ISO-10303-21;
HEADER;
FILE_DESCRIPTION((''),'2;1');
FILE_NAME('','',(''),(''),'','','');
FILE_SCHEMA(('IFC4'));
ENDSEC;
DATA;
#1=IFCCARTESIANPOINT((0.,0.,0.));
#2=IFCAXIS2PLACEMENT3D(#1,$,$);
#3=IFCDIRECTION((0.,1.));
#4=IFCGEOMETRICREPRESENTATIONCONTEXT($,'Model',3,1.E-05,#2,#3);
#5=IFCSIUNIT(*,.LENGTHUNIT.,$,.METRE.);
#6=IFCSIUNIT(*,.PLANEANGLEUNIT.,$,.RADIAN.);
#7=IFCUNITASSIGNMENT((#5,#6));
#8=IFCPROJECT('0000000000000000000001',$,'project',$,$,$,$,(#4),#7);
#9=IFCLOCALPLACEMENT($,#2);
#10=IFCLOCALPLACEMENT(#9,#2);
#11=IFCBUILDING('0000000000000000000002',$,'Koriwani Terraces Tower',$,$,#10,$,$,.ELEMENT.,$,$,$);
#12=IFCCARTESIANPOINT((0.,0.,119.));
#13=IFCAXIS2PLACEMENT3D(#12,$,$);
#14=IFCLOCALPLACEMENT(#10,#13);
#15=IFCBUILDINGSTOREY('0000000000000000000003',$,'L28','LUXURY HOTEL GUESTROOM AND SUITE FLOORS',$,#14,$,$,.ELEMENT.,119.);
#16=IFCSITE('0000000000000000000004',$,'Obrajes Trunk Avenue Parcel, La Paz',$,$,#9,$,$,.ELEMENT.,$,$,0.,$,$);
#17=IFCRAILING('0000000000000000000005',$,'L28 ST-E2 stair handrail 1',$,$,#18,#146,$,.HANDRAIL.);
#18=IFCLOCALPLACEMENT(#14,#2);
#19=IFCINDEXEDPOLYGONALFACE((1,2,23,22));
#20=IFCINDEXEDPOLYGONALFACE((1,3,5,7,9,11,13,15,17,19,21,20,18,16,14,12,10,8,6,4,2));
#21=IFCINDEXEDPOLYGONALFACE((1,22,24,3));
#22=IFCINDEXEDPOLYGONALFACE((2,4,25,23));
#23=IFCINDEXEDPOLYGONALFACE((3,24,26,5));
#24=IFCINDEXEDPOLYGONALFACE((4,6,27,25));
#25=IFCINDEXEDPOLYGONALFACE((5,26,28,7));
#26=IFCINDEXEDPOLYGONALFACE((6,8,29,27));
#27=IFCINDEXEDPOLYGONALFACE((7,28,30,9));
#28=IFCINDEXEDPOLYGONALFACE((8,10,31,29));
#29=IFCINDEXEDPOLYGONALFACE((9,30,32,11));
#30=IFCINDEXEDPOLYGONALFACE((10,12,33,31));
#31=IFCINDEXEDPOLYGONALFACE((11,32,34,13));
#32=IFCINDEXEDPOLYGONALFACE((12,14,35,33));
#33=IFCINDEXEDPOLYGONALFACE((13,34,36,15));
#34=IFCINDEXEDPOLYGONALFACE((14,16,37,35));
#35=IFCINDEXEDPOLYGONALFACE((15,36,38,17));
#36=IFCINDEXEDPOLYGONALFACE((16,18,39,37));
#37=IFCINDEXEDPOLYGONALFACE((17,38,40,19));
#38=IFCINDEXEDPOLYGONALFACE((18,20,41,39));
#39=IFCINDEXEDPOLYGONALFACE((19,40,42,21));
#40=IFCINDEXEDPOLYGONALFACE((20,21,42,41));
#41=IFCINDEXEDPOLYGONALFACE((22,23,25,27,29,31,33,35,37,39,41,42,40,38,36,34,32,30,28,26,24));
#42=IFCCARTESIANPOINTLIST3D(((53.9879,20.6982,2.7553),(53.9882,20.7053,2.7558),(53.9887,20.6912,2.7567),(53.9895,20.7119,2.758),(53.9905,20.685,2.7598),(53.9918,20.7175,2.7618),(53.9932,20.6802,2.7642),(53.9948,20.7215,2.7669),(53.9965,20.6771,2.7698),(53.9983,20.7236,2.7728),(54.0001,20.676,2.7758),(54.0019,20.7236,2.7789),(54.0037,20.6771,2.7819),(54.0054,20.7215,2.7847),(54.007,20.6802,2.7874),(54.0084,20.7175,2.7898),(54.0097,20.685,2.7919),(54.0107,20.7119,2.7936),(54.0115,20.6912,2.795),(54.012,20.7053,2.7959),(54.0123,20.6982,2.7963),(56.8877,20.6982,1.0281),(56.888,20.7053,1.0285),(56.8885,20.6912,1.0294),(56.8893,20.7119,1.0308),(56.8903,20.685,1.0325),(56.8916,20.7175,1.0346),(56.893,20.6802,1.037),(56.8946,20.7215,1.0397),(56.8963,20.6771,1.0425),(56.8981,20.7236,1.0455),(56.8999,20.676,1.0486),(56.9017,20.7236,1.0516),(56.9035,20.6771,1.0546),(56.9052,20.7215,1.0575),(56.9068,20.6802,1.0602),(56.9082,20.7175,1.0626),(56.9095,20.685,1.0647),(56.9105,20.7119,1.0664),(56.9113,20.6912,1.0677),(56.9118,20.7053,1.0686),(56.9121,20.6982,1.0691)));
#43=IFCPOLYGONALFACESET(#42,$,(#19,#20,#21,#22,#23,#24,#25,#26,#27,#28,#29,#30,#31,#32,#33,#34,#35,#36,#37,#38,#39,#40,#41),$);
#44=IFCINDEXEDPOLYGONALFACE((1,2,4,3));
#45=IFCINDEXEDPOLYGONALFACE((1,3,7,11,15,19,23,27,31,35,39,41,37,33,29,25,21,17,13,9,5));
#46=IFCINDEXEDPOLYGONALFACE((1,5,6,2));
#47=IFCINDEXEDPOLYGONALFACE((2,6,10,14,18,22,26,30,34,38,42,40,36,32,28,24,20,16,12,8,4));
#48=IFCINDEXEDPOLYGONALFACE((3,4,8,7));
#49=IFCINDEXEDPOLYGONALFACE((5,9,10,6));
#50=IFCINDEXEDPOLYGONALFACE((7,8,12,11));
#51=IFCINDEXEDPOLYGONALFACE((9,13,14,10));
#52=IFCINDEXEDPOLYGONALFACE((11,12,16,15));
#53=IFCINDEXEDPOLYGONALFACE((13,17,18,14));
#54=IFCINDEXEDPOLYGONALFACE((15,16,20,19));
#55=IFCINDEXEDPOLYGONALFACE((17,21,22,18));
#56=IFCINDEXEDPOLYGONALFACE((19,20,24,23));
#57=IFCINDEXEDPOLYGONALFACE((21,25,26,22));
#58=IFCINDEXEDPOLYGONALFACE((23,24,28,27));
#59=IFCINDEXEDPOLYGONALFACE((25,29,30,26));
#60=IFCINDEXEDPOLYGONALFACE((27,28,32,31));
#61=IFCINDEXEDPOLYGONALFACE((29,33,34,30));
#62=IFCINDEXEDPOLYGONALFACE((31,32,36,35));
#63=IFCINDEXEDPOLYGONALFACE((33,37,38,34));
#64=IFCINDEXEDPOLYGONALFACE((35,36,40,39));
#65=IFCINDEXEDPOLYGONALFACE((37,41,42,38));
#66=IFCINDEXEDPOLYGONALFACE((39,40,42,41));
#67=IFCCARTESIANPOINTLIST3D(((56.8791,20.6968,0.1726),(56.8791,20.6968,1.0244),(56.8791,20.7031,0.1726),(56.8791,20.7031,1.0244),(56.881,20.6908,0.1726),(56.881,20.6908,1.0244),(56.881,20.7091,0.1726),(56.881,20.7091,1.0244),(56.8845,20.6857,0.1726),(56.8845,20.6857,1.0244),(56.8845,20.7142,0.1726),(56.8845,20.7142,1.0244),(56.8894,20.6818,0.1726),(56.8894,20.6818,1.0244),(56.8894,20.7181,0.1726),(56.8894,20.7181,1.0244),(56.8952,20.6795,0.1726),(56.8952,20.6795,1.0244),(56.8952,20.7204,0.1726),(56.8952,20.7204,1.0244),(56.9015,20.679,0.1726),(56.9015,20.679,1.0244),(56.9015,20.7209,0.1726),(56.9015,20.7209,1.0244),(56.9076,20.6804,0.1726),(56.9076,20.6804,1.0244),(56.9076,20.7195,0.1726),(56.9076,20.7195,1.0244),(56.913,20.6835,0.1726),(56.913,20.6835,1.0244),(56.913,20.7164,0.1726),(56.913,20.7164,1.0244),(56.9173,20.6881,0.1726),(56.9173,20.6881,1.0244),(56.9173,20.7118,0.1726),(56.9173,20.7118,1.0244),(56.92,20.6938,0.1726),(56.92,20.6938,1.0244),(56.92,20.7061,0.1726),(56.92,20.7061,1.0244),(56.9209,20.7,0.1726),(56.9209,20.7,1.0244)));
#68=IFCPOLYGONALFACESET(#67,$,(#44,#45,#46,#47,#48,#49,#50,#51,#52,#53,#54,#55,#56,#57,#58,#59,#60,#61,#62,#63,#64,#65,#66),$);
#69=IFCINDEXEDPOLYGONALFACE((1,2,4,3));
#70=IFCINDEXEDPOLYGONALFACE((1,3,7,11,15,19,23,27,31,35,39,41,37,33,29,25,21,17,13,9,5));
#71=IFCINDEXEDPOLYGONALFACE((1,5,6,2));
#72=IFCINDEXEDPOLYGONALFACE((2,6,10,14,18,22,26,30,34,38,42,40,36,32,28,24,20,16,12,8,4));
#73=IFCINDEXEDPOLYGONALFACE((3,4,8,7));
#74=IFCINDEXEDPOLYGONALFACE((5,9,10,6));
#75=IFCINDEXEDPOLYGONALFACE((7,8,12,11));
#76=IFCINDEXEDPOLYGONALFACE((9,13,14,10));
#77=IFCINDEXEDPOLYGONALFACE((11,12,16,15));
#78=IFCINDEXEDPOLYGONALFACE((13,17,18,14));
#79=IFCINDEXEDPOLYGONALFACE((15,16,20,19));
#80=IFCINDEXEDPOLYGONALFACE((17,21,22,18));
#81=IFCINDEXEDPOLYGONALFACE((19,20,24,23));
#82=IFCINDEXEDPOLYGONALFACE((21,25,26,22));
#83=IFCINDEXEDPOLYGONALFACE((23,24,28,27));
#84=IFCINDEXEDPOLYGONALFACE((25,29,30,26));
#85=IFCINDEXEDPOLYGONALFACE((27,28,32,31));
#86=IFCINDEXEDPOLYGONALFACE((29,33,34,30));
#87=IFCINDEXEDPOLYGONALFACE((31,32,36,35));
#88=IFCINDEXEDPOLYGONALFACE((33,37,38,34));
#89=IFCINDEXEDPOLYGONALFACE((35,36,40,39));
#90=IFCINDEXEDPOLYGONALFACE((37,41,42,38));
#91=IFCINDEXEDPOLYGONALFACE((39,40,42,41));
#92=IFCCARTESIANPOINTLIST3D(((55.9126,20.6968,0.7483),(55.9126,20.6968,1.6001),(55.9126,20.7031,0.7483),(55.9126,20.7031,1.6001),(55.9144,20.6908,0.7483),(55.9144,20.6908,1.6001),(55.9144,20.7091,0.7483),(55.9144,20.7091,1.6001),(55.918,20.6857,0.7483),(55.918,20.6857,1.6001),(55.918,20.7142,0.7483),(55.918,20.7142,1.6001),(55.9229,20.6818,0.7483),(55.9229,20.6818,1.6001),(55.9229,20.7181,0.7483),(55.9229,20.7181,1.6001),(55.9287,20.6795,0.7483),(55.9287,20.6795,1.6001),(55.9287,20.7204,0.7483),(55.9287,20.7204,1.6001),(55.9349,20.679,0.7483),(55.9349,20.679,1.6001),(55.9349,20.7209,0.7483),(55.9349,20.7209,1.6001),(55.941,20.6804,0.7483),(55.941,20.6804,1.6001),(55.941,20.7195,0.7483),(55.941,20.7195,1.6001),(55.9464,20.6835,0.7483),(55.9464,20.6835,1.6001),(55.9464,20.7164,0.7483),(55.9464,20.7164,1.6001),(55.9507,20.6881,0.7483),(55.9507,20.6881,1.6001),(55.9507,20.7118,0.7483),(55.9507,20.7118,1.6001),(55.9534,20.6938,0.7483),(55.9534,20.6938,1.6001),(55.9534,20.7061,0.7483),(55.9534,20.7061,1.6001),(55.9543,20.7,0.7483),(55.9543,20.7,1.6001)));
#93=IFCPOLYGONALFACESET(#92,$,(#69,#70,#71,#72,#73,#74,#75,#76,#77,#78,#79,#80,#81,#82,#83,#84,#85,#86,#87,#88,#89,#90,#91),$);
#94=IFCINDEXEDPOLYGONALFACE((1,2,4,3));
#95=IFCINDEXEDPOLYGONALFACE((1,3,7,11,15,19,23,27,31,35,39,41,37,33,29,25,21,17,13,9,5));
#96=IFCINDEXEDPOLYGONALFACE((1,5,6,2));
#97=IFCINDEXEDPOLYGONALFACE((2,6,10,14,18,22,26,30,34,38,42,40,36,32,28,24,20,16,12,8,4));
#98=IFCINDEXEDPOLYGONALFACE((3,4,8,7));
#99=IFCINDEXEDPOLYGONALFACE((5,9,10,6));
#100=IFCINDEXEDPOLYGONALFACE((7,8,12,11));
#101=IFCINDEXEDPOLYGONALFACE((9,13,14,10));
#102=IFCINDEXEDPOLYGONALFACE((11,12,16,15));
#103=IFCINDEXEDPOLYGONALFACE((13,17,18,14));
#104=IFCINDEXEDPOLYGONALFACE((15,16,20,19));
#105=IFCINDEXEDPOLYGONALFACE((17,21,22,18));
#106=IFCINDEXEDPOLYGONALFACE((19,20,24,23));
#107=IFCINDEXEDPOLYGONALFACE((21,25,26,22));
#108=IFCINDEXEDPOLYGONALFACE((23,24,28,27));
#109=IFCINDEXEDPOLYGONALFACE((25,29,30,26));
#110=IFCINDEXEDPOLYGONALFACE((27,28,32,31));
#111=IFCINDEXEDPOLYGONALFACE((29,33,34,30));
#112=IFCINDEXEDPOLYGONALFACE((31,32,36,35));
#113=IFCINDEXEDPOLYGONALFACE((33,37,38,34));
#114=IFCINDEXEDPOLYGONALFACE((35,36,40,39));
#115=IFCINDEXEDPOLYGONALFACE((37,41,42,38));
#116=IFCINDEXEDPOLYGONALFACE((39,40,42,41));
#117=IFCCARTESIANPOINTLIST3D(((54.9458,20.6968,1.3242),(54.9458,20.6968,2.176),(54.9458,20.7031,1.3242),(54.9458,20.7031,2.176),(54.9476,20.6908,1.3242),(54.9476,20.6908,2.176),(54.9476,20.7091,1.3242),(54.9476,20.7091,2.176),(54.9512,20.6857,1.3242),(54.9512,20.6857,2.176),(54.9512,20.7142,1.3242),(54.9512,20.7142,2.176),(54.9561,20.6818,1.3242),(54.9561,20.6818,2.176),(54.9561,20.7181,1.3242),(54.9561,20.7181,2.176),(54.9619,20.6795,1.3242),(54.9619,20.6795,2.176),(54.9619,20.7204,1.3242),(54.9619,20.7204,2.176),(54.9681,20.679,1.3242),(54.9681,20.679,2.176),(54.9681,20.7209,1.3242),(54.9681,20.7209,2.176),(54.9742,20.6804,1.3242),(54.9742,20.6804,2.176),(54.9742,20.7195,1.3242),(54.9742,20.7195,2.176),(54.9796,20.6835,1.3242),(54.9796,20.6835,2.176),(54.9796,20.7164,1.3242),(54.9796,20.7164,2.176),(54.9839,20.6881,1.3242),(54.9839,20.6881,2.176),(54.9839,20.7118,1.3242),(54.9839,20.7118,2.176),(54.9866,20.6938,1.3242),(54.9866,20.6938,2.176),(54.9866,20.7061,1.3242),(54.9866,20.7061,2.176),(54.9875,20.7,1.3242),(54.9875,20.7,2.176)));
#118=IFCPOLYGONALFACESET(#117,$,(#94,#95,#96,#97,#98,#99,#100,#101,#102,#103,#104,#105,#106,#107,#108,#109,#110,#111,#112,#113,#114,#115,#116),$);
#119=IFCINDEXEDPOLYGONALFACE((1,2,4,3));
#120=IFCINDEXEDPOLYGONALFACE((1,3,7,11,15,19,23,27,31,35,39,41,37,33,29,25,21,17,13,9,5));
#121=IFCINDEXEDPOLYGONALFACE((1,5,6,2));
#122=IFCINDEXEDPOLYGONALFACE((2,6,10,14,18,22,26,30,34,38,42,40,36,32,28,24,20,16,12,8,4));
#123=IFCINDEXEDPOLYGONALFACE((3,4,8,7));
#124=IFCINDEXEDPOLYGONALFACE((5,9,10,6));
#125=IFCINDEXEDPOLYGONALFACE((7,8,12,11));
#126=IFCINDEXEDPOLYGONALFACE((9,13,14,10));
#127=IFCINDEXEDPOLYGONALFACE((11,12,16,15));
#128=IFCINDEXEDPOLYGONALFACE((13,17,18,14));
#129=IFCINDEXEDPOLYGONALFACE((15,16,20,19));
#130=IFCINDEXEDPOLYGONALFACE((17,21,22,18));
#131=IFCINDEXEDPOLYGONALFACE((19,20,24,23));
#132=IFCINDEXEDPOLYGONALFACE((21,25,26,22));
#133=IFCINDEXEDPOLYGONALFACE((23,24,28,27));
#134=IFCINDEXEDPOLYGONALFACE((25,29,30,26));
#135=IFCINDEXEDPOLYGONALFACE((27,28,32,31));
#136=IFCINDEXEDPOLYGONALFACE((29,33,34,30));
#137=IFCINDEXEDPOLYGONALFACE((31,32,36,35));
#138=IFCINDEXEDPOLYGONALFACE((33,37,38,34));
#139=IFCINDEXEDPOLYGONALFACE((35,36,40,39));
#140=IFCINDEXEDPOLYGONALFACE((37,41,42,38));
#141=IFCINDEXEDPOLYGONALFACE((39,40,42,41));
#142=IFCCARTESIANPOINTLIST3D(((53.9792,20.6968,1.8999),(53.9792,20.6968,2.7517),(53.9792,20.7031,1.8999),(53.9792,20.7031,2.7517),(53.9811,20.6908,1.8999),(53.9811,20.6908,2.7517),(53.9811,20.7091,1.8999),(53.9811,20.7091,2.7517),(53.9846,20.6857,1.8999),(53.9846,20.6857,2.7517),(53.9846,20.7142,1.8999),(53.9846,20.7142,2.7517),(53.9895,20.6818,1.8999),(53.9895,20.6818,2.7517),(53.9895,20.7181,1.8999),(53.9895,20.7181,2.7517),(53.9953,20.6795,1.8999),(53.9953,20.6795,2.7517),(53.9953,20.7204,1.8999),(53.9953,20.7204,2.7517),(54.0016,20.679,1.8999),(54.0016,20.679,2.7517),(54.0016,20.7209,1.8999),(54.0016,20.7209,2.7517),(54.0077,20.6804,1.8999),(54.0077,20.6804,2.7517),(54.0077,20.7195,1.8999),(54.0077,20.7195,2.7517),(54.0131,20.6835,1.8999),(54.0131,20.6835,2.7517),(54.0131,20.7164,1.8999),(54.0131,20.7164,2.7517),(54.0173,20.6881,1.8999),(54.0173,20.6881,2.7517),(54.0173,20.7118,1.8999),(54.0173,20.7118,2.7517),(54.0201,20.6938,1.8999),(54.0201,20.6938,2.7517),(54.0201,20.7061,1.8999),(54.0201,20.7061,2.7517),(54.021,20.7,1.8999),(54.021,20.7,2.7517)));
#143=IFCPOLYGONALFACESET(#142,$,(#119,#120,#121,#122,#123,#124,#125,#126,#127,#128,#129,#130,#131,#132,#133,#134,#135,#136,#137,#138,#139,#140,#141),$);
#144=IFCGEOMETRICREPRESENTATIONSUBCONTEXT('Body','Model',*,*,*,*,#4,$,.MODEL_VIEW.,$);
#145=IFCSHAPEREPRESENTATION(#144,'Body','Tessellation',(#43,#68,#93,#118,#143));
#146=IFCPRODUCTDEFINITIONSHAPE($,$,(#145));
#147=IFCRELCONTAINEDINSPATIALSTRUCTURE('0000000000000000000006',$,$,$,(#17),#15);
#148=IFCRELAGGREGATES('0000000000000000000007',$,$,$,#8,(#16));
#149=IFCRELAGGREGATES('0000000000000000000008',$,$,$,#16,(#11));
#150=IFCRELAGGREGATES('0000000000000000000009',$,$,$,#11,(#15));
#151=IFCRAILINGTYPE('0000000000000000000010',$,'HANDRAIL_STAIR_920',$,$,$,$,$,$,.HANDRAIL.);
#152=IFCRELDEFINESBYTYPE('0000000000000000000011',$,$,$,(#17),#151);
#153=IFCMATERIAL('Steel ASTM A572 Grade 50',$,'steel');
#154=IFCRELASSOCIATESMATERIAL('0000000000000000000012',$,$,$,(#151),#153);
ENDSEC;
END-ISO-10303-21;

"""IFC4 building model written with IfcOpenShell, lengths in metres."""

from ifc_helpers import new_model, si_unit, direction, frame, origin, origin_2d, place, context, subcontext, project, spatial, circle, extrude, material, type_object, element, save


model = new_model("IFC4")

# Units and contexts
model_context = context("Model", 3, precision=1e-05, world=origin(), true_north=direction((0.0, 1.0)))
body_context = subcontext(model_context, "Body", "Model", "MODEL_VIEW")
ifc_project = project(units=[si_unit("LENGTHUNIT", "METRE"), si_unit("PLANEANGLEUNIT", "RADIAN")], contexts=[model_context])

# Site, building, storey
site_placement = place(None, origin())
site = spatial("IfcSite", under=ifc_project, at=site_placement, Name="Obrajes Trunk Avenue Parcel, La Paz", CompositionType="ELEMENT", RefElevation=0.0)
building_placement = place(site_placement, origin())
building = spatial("IfcBuilding", under=site, at=building_placement, Name="Koriwani Terraces Tower", CompositionType="ELEMENT")
storey_placement = place(building_placement, frame((0.0, 0.0, 119.0)))
storey = spatial("IfcBuildingStorey", under=building, at=storey_placement, Name="L28", Description="LUXURY HOTEL GUESTROOM AND SUITE FLOORS", CompositionType="ELEMENT", Elevation=119.0)

# Shared definitions
ifc_material_1 = material(Name="Steel ASTM A572 Grade 50", Category="steel")

# Railing
railing_type_1 = type_object("IfcRailingType", Name="HANDRAIL_STAIR_920", PredefinedType="HANDRAIL", material=ifc_material_1)
railing_1_placement = place(storey_placement, frame((56.8999, 20.7, 0.1726)))
element("IfcRailing", 1, at=railing_1_placement, inside=storey, type_object=railing_type_1, Name="L28 ST-E2 stair handrail 1", PredefinedType="HANDRAIL", context=body_context, shape_type="SweptSolid", body=[
    extrude(circle(Radius=0.0239, at=origin_2d()), frame((0.0, 0.0, 0.876), z_axis=(-0.859141, 0.0, 0.511738), x_axis=(0.0, -1.0, 0.0)), (0.0, 0.0, 1.0), 3.3752),
    extrude(circle(Radius=0.021, at=origin_2d()), origin(), (0.0, 0.0, 1.0), 0.8518),
    extrude(circle(Radius=0.021, at=origin_2d()), frame((-0.9666, 0.0, 0.5757)), (0.0, 0.0, 1.0), 0.8518),
    extrude(circle(Radius=0.021, at=origin_2d()), frame((-1.9333, 0.0, 1.1516)), (0.0, 0.0, 1.0), 0.8518),
    extrude(circle(Radius=0.021, at=origin_2d()), frame((-2.8999, 0.0, 1.7273)), (0.0, 0.0, 1.0), 0.8518),
])

save(model, "model.ifc")
